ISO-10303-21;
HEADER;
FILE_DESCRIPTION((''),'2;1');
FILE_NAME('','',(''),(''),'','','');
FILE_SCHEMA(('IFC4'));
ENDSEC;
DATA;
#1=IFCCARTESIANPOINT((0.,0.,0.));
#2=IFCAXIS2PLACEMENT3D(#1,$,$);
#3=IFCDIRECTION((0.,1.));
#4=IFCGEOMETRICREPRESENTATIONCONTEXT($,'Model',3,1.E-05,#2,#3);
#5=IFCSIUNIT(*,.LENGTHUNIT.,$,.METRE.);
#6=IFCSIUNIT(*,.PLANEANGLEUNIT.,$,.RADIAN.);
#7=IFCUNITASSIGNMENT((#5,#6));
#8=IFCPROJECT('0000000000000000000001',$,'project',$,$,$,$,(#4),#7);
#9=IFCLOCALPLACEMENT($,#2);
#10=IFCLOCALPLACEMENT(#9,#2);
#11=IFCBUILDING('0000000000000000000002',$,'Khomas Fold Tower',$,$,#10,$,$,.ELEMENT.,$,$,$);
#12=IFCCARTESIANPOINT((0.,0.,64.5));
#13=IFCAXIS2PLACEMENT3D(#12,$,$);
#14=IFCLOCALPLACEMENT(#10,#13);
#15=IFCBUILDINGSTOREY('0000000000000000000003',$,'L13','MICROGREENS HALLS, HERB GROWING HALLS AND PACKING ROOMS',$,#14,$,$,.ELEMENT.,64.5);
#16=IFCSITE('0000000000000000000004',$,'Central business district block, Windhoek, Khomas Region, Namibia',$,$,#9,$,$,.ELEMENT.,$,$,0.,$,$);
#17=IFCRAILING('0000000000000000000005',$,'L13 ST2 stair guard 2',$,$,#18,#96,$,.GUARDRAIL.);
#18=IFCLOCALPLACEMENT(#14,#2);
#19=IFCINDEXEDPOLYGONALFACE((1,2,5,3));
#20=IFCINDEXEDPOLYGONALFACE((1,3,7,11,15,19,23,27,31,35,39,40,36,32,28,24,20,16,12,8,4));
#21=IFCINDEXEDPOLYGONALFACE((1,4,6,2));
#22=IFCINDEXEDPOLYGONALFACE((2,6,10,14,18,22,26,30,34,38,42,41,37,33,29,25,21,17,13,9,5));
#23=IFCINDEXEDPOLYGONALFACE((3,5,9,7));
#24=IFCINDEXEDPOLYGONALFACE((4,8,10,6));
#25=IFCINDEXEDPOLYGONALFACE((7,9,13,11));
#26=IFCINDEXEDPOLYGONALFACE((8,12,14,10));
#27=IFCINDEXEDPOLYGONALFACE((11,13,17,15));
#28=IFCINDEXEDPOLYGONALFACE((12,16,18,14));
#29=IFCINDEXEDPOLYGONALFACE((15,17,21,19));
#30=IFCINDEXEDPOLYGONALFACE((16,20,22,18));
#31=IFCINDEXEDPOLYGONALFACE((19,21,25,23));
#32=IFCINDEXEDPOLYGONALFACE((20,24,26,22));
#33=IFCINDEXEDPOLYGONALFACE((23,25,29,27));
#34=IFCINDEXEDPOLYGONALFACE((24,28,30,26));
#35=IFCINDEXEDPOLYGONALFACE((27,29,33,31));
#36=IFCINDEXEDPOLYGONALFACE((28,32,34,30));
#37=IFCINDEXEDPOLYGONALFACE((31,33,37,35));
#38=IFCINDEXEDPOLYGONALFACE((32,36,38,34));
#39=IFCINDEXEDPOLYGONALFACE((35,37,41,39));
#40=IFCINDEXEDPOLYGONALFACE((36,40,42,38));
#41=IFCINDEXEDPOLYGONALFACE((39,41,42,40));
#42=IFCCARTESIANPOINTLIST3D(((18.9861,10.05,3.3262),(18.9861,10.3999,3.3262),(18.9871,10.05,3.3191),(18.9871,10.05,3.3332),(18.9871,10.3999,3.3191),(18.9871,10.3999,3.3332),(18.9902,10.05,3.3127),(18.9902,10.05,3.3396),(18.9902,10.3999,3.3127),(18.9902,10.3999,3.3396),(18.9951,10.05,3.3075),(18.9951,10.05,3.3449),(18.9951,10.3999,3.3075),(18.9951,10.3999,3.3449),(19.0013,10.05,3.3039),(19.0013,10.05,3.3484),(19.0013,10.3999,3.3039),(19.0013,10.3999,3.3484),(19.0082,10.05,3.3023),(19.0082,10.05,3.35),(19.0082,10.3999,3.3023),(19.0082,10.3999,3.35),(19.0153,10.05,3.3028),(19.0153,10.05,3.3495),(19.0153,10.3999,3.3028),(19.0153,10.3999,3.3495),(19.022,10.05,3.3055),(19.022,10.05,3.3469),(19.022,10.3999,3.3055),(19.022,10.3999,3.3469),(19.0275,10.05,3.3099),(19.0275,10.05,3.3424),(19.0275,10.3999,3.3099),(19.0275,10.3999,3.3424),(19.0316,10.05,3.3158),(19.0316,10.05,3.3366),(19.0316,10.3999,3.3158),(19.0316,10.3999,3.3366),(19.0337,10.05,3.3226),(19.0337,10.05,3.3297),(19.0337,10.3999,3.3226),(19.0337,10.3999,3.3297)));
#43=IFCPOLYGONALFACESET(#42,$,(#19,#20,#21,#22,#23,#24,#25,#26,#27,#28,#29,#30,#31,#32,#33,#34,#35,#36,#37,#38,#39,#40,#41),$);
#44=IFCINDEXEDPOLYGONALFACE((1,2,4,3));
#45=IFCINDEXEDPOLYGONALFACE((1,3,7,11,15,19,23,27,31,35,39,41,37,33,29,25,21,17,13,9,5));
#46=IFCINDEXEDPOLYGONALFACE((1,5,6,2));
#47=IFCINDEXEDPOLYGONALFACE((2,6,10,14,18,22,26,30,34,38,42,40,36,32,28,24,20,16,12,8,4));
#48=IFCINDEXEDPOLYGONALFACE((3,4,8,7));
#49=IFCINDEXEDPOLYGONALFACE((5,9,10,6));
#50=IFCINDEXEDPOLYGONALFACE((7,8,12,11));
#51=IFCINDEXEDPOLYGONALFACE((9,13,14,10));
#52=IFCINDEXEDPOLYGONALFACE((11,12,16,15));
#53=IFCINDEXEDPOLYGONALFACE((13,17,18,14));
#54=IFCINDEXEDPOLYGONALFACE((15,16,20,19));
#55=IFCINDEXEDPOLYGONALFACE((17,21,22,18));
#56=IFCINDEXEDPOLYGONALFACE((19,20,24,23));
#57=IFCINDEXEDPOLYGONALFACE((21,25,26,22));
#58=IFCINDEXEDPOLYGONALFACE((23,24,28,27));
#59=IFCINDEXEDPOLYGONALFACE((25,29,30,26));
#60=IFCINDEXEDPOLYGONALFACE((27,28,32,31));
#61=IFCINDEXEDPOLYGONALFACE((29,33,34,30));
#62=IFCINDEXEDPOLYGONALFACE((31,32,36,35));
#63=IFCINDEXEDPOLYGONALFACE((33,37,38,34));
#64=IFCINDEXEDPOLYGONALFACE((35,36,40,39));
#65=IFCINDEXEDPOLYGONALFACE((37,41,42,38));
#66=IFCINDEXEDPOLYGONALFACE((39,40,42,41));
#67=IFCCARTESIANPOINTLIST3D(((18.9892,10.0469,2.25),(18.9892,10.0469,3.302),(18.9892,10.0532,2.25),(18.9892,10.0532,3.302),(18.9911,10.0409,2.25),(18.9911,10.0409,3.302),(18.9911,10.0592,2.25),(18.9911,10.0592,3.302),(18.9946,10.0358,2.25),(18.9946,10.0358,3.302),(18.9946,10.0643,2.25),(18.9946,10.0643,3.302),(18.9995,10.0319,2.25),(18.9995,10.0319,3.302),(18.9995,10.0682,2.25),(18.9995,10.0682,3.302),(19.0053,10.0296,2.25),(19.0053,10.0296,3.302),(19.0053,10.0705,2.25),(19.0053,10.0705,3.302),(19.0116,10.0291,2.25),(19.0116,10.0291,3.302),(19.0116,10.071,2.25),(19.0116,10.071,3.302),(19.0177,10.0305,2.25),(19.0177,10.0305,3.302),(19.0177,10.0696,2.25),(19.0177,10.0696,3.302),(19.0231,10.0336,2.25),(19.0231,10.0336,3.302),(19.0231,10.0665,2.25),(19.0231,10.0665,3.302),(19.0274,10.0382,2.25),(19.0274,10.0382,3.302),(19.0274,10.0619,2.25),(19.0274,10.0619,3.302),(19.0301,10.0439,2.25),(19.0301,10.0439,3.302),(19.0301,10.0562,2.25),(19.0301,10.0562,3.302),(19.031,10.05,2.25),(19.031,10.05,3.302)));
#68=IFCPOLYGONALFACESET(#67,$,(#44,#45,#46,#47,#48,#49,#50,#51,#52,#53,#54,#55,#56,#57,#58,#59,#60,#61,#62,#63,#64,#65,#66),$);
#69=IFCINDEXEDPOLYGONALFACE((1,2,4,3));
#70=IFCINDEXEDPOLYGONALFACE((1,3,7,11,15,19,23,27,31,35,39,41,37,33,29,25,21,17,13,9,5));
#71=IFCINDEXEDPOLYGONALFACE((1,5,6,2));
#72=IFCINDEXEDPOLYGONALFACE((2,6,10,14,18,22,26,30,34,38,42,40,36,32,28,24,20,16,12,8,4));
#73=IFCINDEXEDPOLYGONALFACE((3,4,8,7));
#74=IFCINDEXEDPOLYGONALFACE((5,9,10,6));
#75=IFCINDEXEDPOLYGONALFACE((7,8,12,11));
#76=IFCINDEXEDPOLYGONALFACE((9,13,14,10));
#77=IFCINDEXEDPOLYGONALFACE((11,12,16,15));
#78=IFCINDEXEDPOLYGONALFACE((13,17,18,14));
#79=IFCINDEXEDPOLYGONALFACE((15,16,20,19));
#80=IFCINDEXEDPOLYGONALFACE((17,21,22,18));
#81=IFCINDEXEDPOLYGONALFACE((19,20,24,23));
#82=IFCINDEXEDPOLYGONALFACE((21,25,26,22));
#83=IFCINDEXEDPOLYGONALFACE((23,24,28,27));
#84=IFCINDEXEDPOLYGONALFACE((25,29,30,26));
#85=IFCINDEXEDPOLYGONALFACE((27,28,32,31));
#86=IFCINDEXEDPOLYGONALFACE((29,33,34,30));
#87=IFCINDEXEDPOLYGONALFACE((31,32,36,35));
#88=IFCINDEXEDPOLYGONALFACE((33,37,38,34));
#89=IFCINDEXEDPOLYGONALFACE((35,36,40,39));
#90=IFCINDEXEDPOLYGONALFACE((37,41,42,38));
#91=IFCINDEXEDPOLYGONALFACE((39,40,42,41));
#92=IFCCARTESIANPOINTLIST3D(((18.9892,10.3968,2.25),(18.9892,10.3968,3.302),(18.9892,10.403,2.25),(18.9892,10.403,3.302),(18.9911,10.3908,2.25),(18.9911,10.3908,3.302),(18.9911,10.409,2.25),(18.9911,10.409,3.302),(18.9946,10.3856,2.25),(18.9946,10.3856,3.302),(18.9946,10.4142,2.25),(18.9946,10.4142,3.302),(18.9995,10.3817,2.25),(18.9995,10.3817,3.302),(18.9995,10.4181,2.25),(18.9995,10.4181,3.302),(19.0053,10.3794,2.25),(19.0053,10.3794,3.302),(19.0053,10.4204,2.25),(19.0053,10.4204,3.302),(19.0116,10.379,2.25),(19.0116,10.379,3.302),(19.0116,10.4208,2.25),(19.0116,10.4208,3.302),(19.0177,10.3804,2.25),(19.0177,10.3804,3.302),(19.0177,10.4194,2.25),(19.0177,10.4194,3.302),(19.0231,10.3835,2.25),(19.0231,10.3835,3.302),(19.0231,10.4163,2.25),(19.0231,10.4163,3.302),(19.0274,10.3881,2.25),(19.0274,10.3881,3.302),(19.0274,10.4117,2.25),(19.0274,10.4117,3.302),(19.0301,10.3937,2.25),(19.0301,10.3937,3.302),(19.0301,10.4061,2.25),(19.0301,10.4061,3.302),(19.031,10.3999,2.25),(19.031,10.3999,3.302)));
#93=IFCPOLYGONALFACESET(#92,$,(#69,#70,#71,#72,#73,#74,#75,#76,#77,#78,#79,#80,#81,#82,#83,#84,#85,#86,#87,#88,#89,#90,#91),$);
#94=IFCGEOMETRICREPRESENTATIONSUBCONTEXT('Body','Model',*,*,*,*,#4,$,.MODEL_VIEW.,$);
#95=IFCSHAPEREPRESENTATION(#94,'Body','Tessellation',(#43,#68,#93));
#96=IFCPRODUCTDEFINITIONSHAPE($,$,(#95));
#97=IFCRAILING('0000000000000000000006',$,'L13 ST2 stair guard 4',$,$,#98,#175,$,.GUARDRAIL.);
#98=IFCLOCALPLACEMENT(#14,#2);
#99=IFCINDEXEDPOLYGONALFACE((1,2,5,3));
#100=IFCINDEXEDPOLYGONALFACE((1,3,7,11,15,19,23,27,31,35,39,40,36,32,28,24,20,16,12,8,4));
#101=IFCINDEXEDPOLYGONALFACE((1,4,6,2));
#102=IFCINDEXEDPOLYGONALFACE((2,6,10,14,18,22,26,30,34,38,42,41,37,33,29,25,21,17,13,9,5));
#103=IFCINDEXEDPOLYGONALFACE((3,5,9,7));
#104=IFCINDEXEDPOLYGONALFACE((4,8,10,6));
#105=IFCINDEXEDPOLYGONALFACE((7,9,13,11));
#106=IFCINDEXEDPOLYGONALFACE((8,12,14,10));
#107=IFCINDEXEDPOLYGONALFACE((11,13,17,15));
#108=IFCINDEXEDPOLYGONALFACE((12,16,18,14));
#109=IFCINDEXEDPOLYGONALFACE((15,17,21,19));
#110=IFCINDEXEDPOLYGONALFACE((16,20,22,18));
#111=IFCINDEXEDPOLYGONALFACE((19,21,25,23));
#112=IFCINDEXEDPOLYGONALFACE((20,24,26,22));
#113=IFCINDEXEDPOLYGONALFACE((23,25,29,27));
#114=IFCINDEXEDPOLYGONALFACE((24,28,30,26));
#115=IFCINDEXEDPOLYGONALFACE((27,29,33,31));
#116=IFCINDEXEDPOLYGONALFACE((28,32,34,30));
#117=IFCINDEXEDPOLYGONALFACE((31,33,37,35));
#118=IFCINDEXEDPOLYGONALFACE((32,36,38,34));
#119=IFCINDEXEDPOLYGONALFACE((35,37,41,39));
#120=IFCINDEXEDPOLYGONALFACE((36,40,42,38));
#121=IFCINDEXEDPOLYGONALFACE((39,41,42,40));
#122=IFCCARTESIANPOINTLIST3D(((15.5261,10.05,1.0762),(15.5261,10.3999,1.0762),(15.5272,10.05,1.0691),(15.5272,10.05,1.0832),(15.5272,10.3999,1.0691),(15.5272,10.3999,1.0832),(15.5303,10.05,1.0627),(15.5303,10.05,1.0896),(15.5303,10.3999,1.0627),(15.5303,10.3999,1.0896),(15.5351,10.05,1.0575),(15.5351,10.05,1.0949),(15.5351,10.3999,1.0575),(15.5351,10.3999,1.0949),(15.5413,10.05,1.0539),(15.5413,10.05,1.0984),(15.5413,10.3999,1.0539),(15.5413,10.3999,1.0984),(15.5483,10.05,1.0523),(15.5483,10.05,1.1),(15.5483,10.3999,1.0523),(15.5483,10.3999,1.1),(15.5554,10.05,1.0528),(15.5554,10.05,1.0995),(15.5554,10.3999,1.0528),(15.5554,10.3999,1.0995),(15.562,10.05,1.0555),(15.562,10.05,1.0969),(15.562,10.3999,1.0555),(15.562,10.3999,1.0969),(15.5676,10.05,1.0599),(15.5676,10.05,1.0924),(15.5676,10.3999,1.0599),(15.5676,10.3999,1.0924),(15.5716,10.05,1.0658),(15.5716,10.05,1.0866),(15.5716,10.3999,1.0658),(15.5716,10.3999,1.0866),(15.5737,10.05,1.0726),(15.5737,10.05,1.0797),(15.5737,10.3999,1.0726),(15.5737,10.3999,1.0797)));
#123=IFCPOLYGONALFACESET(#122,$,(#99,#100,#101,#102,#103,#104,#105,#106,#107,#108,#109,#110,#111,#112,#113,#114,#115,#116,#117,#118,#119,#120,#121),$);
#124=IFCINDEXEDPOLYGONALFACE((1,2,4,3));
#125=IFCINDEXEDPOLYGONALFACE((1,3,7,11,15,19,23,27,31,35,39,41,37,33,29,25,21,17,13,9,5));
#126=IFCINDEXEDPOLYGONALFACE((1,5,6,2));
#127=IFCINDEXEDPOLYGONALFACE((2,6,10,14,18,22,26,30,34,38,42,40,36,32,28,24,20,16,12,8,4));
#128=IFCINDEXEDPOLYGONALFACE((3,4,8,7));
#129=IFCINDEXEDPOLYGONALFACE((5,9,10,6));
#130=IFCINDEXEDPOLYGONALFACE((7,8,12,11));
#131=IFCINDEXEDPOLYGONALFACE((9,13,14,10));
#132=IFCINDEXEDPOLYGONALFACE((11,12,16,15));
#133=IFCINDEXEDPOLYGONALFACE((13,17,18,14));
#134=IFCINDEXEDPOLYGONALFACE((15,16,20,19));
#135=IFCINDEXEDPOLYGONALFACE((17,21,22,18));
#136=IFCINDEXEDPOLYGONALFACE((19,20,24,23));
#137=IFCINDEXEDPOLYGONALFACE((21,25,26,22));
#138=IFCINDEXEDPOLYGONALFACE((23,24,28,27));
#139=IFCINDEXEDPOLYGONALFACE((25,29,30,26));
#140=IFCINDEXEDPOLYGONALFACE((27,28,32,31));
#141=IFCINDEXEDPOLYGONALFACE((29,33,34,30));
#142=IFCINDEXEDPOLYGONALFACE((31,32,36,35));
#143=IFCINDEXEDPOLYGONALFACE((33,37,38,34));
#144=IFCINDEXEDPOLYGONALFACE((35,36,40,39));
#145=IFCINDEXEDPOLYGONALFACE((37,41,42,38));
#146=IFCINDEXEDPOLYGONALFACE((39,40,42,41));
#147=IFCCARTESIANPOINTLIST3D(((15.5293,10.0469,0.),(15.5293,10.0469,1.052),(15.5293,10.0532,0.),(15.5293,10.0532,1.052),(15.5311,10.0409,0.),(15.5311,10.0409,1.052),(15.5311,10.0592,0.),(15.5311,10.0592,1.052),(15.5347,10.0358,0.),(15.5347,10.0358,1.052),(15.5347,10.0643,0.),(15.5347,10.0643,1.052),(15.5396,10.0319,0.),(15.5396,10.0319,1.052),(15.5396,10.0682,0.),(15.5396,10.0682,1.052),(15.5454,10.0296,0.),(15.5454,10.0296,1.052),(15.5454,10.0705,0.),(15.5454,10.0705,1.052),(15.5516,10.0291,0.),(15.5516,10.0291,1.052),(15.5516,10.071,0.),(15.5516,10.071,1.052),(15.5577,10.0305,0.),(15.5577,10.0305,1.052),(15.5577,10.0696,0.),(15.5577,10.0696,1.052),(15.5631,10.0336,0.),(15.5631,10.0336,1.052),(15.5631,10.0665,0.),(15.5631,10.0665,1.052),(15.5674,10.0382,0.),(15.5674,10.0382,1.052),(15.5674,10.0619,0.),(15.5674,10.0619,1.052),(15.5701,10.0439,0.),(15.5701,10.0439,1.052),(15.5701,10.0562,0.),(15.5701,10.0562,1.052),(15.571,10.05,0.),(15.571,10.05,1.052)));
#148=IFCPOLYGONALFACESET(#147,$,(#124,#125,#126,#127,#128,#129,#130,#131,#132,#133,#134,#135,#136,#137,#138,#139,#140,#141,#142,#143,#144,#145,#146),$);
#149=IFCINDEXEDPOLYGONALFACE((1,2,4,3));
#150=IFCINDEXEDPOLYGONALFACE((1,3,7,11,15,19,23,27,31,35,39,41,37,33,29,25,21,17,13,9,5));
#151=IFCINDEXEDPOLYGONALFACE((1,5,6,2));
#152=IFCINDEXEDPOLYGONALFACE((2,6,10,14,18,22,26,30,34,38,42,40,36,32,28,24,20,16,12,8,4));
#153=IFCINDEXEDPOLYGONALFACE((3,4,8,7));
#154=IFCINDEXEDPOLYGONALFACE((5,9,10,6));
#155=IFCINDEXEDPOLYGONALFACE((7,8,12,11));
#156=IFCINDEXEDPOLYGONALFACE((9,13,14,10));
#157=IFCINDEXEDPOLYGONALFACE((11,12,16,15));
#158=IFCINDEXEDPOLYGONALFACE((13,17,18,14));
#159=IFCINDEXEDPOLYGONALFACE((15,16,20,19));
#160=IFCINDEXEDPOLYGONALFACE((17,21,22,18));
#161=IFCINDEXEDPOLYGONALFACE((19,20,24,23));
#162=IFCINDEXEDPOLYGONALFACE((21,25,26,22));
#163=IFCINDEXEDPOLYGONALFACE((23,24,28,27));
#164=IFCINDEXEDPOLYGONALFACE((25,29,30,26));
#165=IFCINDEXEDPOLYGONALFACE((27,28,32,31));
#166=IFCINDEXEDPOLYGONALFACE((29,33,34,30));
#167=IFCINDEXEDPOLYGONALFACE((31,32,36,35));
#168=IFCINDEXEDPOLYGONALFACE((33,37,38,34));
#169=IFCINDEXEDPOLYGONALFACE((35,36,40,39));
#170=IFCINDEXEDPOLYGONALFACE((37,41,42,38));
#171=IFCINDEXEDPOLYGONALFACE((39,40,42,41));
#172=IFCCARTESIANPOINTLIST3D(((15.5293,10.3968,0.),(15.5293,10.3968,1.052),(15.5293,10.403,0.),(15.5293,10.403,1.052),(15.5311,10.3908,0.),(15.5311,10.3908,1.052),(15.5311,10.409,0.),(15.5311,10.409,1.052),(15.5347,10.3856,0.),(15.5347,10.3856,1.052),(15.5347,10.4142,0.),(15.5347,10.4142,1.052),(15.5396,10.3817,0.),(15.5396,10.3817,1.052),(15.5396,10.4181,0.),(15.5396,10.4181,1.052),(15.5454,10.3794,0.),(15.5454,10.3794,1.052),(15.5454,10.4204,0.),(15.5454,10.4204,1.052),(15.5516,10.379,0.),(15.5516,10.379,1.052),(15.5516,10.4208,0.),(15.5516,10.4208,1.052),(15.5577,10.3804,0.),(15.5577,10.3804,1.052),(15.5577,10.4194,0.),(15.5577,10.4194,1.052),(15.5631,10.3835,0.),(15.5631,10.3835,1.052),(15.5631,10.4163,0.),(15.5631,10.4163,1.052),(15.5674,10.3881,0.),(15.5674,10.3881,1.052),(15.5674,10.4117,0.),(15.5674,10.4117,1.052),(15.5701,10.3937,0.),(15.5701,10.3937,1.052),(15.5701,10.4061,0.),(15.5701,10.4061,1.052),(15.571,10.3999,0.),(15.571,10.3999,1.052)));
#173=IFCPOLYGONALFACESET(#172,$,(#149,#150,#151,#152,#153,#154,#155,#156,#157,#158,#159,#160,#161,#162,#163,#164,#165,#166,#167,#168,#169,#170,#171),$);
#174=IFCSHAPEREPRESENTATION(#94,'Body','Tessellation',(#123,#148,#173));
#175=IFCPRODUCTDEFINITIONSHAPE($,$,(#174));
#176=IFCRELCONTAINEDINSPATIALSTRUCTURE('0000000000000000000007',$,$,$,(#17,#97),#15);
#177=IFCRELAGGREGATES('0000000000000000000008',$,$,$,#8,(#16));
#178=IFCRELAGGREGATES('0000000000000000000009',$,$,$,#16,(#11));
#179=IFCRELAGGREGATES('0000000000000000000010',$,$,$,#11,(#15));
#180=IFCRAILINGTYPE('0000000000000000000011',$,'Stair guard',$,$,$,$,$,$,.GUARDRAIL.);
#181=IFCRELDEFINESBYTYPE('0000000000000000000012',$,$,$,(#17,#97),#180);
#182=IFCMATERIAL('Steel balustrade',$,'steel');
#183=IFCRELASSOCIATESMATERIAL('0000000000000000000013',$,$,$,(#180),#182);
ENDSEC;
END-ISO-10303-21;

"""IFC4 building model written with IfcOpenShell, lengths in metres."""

from ifc_helpers import new_model, si_unit, direction, frame, origin, origin_2d, place, context, subcontext, project, spatial, circle, extrude, source, transform, mapped, material, type_object, element, save


model = new_model("IFC4")

# Units and contexts
model_context = context("Model", 3, precision=1e-05, world=origin(), true_north=direction((0.0, 1.0)))
body_context = subcontext(model_context, "Body", "Model", "MODEL_VIEW")
ifc_project = project(units=[si_unit("LENGTHUNIT", "METRE"), si_unit("PLANEANGLEUNIT", "RADIAN")], contexts=[model_context])

# Site, building, storey
site_placement = place(None, origin())
site = spatial("IfcSite", under=ifc_project, at=site_placement, Name="Central business district block, Windhoek, Khomas Region, Namibia", CompositionType="ELEMENT", RefElevation=0.0)
building_placement = place(site_placement, origin())
building = spatial("IfcBuilding", under=site, at=building_placement, Name="Khomas Fold Tower", CompositionType="ELEMENT")
storey_placement = place(building_placement, frame((0.0, 0.0, 64.5)))
storey = spatial("IfcBuildingStorey", under=building, at=storey_placement, Name="L13", Description="MICROGREENS HALLS, HERB GROWING HALLS AND PACKING ROOMS", CompositionType="ELEMENT", Elevation=64.5)

# Railings
ifc_material_1 = material(Name="Steel balustrade", Category="steel")
railing_type_1 = type_object("IfcRailingType", Name="Stair guard", PredefinedType="GUARDRAIL", material=ifc_material_1)
shared_shape_1 = source(origin(), body_context, "Body", "SweptSolid", [
    extrude(circle(Radius=0.0239, at=origin_2d()), frame((0.0, 0.0, 1.0762), z_axis=(0.0, 1.0, 0.0), x_axis=(-1.0, 0.0, 0.0)), (0.0, 0.0, 1.0), 0.3499),
    extrude(circle(Radius=0.021, at=origin_2d()), origin(), (0.0, 0.0, 1.0), 1.052),
    extrude(circle(Radius=0.021, at=origin_2d()), frame((0.0, 0.3499, 0.0)), (0.0, 0.0, 1.0), 1.052),
])
for number, where, name in (
    (1, (19.01, 10.05, 2.25), "L13 ST2 stair guard 2"),
    (2, (15.55, 10.05, 0.0), "L13 ST2 stair guard 4"),
):
    element("IfcRailing", number, at=place(storey_placement, frame(where)), inside=storey, type_object=railing_type_1, Name=name, PredefinedType="GUARDRAIL", context=body_context, shape_type="MappedRepresentation", body=[
        mapped(shared_shape_1, transform((0.0, 0.0, 0.0))),
    ])

save(model, "model.ifc")
